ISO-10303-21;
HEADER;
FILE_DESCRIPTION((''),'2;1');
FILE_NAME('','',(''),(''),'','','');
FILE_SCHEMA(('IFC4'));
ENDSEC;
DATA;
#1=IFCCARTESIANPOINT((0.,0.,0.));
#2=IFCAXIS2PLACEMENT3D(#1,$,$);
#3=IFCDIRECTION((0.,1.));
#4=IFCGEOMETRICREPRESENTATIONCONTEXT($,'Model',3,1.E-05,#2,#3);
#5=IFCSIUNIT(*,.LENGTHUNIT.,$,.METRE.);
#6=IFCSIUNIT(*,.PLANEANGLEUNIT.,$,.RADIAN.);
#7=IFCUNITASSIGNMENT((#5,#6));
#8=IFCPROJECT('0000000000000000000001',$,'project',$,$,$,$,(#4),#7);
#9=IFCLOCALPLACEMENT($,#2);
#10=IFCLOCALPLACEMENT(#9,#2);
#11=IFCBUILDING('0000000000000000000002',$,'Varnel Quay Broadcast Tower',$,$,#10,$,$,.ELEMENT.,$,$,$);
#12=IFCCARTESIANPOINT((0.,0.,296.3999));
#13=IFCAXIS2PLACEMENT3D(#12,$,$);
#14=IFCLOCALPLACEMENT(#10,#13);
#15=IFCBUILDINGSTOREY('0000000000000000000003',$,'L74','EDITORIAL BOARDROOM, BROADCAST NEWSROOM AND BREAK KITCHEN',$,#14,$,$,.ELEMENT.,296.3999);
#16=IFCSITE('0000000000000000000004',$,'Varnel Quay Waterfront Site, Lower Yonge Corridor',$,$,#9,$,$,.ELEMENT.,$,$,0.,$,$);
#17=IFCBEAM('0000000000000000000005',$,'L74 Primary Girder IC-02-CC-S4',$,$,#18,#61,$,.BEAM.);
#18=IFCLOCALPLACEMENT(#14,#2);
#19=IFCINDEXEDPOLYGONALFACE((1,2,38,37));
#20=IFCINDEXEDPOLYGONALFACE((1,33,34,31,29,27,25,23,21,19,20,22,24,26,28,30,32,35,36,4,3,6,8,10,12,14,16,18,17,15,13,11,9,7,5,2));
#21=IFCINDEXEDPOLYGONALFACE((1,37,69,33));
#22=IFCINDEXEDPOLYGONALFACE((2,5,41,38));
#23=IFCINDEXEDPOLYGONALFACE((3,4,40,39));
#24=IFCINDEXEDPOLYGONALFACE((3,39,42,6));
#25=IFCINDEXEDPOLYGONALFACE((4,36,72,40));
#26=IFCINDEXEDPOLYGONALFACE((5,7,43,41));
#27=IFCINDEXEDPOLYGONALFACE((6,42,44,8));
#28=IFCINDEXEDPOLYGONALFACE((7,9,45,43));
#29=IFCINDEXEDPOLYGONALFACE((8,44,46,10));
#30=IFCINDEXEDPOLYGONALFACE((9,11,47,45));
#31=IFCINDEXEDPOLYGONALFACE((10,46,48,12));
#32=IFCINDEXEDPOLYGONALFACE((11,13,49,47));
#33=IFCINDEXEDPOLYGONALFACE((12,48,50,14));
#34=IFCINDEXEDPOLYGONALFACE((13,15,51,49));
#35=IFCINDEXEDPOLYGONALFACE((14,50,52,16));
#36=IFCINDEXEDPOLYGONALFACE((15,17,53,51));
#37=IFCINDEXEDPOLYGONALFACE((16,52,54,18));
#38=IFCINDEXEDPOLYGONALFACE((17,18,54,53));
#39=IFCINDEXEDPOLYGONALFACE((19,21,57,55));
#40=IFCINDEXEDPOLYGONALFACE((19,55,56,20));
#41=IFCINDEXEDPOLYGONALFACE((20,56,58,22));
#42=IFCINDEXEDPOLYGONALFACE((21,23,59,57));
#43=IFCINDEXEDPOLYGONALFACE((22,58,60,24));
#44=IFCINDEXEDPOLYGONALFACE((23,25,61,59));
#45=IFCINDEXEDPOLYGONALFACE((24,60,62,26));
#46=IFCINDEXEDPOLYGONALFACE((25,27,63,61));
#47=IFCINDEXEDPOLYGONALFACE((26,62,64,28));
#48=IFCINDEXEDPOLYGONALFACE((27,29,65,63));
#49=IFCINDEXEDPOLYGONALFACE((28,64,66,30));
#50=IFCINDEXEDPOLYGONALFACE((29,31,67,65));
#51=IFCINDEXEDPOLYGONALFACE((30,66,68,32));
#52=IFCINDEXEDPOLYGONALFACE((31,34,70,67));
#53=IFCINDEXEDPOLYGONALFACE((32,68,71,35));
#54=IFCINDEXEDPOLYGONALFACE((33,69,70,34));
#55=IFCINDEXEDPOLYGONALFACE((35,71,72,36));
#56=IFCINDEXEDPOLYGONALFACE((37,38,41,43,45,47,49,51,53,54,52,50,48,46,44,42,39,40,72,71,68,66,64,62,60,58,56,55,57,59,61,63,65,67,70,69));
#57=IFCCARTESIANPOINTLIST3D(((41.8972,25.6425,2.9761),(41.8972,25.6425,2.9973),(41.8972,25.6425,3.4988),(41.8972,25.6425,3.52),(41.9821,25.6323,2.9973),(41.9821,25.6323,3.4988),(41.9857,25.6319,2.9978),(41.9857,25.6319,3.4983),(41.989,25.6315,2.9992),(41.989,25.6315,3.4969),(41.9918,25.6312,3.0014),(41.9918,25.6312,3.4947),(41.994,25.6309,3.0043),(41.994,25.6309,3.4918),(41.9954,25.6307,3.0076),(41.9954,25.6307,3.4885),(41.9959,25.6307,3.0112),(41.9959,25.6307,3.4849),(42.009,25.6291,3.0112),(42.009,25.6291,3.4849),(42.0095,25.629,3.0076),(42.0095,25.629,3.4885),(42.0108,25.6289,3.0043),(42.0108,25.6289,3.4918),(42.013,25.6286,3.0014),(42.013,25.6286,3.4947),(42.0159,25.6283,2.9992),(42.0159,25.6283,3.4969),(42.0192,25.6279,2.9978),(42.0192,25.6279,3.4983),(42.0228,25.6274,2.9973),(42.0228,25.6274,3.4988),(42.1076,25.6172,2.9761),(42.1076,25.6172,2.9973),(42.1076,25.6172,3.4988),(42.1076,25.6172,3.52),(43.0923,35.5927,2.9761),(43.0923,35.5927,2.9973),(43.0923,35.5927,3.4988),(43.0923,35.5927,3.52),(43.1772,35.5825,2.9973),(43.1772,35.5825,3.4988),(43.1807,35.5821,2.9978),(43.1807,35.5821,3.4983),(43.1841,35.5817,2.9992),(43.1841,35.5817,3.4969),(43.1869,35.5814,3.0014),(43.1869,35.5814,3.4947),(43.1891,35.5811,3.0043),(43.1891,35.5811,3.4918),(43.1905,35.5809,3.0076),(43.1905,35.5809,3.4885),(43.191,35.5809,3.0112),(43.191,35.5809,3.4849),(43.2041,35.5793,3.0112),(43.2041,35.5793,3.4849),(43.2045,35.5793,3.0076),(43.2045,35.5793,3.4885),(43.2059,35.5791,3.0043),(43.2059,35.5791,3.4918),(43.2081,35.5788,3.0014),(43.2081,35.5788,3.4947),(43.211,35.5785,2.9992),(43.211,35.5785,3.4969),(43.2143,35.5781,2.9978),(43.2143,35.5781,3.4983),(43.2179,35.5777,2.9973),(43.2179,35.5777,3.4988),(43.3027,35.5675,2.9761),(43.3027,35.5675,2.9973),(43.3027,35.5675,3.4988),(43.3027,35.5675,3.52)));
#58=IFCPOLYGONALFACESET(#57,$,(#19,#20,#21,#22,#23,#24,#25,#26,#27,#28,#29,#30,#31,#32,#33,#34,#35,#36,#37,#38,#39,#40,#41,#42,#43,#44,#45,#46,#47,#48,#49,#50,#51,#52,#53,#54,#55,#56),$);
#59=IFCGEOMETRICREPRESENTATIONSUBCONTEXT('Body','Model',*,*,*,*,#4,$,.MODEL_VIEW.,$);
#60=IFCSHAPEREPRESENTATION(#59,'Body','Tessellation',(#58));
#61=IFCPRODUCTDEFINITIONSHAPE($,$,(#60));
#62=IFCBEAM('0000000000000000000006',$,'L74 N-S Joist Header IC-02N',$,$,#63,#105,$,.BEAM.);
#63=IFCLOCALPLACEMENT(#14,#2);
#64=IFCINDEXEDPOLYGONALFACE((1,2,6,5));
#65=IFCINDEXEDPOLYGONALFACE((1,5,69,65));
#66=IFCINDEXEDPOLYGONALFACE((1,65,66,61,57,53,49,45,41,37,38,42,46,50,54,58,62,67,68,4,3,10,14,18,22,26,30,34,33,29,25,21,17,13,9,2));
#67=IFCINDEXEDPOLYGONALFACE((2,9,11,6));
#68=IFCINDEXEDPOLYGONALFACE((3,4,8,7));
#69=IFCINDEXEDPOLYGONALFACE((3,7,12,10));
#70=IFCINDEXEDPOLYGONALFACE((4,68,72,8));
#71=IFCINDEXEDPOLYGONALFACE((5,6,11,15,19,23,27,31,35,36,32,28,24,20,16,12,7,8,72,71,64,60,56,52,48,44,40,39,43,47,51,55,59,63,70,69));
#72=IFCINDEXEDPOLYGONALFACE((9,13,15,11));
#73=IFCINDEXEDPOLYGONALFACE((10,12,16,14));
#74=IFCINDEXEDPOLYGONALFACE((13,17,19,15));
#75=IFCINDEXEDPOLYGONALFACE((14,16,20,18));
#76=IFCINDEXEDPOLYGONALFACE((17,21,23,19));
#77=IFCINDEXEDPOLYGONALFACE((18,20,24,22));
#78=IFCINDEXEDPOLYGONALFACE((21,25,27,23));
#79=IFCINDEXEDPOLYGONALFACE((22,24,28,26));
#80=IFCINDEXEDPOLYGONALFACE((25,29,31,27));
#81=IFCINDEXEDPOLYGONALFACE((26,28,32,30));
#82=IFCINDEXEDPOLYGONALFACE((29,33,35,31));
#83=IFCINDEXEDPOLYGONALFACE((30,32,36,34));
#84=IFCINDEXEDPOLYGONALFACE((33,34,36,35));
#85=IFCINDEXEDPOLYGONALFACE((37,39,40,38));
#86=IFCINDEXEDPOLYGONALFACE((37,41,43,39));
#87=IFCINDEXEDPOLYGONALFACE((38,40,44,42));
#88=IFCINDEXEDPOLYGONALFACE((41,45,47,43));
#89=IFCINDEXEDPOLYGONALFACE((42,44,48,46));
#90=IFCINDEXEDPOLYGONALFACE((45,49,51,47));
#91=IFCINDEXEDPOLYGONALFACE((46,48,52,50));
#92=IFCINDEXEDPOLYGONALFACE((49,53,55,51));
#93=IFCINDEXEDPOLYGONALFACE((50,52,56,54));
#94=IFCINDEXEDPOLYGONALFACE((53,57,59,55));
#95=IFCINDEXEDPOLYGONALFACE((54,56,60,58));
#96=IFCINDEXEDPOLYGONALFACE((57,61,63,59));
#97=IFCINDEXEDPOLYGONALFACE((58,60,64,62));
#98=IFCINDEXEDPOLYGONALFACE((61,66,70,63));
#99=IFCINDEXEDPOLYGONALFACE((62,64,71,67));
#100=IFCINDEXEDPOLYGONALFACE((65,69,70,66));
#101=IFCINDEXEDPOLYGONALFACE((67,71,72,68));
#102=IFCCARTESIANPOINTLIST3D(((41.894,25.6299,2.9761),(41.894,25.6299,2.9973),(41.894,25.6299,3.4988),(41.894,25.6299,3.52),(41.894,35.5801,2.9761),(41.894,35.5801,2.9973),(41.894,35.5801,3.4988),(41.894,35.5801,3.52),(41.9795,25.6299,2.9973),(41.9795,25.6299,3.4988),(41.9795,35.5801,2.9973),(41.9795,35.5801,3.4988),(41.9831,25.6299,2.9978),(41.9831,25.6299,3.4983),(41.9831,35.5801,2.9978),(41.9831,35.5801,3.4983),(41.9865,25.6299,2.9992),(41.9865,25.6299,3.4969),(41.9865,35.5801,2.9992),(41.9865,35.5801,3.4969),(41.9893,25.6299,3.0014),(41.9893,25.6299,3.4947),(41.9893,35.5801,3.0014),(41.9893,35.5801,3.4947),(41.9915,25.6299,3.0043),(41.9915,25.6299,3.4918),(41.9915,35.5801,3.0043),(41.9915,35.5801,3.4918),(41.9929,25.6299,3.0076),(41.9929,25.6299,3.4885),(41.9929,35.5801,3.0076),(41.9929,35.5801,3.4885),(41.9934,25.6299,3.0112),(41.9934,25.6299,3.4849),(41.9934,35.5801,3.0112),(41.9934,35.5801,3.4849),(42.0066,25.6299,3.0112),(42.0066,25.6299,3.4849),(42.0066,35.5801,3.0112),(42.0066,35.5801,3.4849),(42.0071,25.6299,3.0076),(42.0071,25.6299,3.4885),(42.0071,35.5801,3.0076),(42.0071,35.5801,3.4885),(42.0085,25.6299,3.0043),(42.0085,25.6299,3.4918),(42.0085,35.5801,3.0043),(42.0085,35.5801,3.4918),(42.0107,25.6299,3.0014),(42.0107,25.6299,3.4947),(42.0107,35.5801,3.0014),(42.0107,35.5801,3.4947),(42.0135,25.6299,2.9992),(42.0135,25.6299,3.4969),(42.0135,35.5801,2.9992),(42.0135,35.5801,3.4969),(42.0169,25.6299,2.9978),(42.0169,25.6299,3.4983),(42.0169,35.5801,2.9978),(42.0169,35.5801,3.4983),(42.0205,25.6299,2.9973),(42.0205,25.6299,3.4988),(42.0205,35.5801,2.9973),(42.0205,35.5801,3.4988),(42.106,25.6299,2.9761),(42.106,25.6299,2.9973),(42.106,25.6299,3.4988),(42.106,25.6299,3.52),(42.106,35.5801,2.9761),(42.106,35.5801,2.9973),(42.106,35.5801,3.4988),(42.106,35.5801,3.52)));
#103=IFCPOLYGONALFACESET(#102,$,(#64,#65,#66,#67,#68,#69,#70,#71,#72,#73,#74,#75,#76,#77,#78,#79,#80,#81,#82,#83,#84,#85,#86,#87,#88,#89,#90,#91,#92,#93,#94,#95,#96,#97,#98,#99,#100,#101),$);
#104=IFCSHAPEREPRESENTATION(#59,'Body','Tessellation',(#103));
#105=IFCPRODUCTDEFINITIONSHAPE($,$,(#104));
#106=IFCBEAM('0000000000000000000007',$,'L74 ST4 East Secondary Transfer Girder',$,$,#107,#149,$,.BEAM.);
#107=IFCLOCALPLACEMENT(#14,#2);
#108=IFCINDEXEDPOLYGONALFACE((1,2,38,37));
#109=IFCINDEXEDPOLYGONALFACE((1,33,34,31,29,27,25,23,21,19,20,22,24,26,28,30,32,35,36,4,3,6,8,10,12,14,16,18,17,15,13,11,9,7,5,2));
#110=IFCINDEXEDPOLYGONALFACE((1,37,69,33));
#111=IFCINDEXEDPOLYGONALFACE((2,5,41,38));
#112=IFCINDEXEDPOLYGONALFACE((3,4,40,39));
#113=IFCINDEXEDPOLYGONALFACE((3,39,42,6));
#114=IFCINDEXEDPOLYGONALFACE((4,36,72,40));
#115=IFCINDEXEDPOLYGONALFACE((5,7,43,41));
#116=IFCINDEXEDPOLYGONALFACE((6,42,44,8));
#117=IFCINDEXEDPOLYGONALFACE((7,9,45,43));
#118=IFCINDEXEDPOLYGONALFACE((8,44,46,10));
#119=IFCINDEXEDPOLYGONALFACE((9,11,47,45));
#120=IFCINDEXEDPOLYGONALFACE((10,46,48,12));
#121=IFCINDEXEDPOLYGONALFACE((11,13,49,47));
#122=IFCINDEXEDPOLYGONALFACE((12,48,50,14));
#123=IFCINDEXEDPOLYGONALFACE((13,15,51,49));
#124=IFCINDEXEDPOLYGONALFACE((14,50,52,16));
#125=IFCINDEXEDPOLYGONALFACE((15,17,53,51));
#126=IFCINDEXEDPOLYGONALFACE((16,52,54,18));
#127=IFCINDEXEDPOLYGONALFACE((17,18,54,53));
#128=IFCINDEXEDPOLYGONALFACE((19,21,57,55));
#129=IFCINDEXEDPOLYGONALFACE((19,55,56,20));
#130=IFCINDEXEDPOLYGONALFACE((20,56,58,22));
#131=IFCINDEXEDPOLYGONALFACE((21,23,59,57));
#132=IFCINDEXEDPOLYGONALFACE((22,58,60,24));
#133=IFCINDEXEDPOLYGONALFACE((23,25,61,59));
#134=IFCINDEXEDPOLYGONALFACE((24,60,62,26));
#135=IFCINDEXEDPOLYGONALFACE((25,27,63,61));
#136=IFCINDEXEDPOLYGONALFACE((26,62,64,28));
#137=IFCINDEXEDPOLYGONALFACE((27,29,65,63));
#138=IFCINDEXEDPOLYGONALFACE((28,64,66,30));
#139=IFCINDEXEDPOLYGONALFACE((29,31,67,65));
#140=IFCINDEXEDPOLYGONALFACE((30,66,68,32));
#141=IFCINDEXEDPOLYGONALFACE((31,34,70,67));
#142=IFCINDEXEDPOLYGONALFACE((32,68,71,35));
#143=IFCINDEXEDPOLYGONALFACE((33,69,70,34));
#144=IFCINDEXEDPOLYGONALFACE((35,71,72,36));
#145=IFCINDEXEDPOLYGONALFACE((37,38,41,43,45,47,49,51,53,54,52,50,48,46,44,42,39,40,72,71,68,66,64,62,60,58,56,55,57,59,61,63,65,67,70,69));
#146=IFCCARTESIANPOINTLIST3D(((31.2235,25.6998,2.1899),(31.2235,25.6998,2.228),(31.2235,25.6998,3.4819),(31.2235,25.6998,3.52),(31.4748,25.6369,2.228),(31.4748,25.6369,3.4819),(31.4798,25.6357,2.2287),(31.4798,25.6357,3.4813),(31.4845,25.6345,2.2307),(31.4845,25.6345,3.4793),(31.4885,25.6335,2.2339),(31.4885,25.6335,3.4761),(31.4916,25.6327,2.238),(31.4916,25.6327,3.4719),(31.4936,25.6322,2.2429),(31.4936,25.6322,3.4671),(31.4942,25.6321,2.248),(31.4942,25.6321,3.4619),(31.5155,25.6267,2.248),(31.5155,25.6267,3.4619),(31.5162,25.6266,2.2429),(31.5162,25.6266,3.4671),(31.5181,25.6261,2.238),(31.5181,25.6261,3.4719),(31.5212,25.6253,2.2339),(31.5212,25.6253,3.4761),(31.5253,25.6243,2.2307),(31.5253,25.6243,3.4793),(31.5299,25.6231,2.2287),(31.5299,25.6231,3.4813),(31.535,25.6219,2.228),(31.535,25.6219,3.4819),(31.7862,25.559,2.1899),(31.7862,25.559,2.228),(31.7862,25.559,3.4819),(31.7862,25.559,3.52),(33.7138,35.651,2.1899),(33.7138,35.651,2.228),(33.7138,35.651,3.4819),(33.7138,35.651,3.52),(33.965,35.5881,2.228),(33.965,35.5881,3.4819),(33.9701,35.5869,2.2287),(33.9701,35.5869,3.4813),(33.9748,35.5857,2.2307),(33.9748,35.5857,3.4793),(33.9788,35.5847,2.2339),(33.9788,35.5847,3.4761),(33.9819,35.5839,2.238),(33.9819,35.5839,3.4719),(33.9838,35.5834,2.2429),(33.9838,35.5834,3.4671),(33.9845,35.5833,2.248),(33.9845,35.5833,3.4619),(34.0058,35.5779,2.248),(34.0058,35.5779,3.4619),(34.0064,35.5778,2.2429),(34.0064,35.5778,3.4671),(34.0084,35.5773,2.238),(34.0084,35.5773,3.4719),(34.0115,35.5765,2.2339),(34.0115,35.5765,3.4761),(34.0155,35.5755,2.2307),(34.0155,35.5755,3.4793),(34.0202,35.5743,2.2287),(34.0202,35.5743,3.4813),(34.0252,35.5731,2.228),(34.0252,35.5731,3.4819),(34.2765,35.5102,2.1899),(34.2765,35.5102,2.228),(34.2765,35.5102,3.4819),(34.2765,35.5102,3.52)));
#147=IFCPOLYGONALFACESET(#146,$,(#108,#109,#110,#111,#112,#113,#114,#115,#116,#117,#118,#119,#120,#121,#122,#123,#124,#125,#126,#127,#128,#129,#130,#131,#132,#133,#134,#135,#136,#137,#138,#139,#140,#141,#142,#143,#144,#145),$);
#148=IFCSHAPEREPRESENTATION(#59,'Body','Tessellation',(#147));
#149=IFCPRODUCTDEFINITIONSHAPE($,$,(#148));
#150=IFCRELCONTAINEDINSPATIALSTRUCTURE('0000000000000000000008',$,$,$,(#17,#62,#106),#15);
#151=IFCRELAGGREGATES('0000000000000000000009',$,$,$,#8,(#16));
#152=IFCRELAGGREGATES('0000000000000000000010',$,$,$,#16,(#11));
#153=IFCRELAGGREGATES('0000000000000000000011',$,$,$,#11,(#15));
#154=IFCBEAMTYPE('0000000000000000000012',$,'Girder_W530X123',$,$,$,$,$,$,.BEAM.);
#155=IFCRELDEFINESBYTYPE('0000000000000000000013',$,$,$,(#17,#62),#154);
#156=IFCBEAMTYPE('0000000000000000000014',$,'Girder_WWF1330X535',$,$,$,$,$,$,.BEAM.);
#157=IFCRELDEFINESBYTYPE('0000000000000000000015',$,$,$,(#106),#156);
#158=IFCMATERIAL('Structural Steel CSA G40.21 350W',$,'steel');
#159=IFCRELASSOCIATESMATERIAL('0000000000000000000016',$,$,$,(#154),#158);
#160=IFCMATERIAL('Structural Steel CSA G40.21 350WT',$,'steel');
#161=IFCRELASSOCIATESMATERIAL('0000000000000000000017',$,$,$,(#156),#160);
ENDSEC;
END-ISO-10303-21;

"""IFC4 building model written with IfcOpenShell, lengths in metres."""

from ifc_helpers import new_model, si_unit, direction, frame, origin, origin_2d, place, context, subcontext, project, spatial, i_section, extrude, source, transform, mapped, material, material_profile, profile_set, type_object, type_shapes, element, save


model = new_model("IFC4")

# Units and contexts
model_context = context("Model", 3, precision=1e-05, world=origin(), true_north=direction((0.0, 1.0)))
body_context = subcontext(model_context, "Body", "Model", "MODEL_VIEW")
ifc_project = project(units=[si_unit("LENGTHUNIT", "METRE"), si_unit("PLANEANGLEUNIT", "RADIAN")], contexts=[model_context])

# Site, building, storey
site_placement = place(None, origin())
site = spatial("IfcSite", under=ifc_project, at=site_placement, Name="Varnel Quay Waterfront Site, Lower Yonge Corridor", CompositionType="ELEMENT", RefElevation=0.0)
building_placement = place(site_placement, origin())
building = spatial("IfcBuilding", under=site, at=building_placement, Name="Varnel Quay Broadcast Tower", CompositionType="ELEMENT")
storey_placement = place(building_placement, frame((0.0, 0.0, 296.3999)))
storey = spatial("IfcBuildingStorey", under=building, at=storey_placement, Name="L74", Description="EDITORIAL BOARDROOM, BROADCAST NEWSROOM AND BREAK KITCHEN", CompositionType="ELEMENT", Elevation=296.3999)

# Shared definitions
ifc_material_1 = material(Name="Structural Steel CSA G40.21 350WT", Category="steel")

# Beams
ifc_material_2 = material(Name="Structural Steel CSA G40.21 350W", Category="steel")
ifc_material_profile_1 = material_profile(ifc_material_2, i_section(OverallWidth=0.2119, OverallDepth=0.5439, WebThickness=0.0132, FlangeThickness=0.0212, FilletRadius=0.0139, at=origin_2d()), Name="W530X123")
ifc_profile_set_1 = profile_set([ifc_material_profile_1], Name="Structural Steel CSA G40.21 350W")
beam_type_1 = type_object("IfcBeamType", Name="Girder_W530X123", PredefinedType="BEAM", material=ifc_profile_set_1)
shared_shape_1 = source(origin(), body_context, "Body", "SweptSolid", [
    extrude(i_section(OverallWidth=0.2119, OverallDepth=0.5439, WebThickness=0.0132, FlangeThickness=0.0212, FilletRadius=0.0139, at=origin_2d()), origin(), (0.0, 0.0, 1.0), 10.0217),
])
beam_1_placement = place(storey_placement, frame((42.0024, 25.6299, 3.248), z_axis=(0.119248, 0.992864, 0.0), x_axis=(-0.992864, 0.119248, 0.0)))
element("IfcBeam", 1, at=beam_1_placement, inside=storey, type_object=beam_type_1, Name="L74 Primary Girder IC-02-CC-S4", PredefinedType="BEAM", context=body_context, shape_type="MappedRepresentation", body=[
    mapped(shared_shape_1, transform((0.0, 0.0, 0.0), x_axis=(1.0, 0.0, 0.0), y_axis=(0.0, 1.0, 0.0), z_axis=(0.0, 0.0, 1.0), scale=1.0)),
])
shared_shape_2 = source(origin(), body_context, "Body", "SweptSolid", [
    extrude(i_section(OverallWidth=0.2119, OverallDepth=0.5439, WebThickness=0.0132, FlangeThickness=0.0212, FilletRadius=0.0139, at=origin_2d()), origin(), (0.0, 0.0, 1.0), 9.9502),
])
type_shapes(beam_type_1, [shared_shape_1, shared_shape_2])
beam_2_placement = place(storey_placement, frame((42.0, 25.6299, 3.248), z_axis=(0.0, 1.0, 0.0), x_axis=(-1.0, 0.0, 0.0)))
element("IfcBeam", 2, at=beam_2_placement, inside=storey, type_object=beam_type_1, Name="L74 N-S Joist Header IC-02N", PredefinedType="BEAM", context=body_context, shape_type="MappedRepresentation", body=[
    mapped(shared_shape_2, transform((0.0, 0.0, 0.0), x_axis=(1.0, 0.0, 0.0), y_axis=(0.0, 1.0, 0.0), z_axis=(0.0, 0.0, 1.0), scale=1.0)),
])
ifc_material_profile_2 = material_profile(ifc_material_1, i_section(OverallWidth=0.5801, OverallDepth=1.3301, WebThickness=0.022, FlangeThickness=0.0381, FilletRadius=0.02, at=origin_2d()), Name="WWF1330X535")
ifc_profile_set_2 = profile_set([ifc_material_profile_2], Name="Structural Steel CSA G40.21 350WT")
beam_type_2 = type_object("IfcBeamType", Name="Girder_WWF1330X535", PredefinedType="BEAM", material=ifc_profile_set_2)
shared_shape_3 = source(origin(), body_context, "Body", "SweptSolid", [
    extrude(i_section(OverallWidth=0.5801, OverallDepth=1.3301, WebThickness=0.022, FlangeThickness=0.0381, FilletRadius=0.02, at=origin_2d()), origin(), (0.0, 0.0, 1.0), 10.2581),
])
beam_3_placement = place(storey_placement, frame((31.5049, 25.6294, 2.855), z_axis=(0.24276, 0.970086, 0.0), x_axis=(-0.970086, 0.24276, 0.0)))
element("IfcBeam", 3, at=beam_3_placement, inside=storey, type_object=beam_type_2, Name="L74 ST4 East Secondary Transfer Girder", PredefinedType="BEAM", context=body_context, shape_type="MappedRepresentation", body=[
    mapped(shared_shape_3, transform((0.0, 0.0, 0.0), x_axis=(1.0, 0.0, 0.0), y_axis=(0.0, 1.0, 0.0), z_axis=(0.0, 0.0, 1.0), scale=1.0)),
])

save(model, "model.ifc")
